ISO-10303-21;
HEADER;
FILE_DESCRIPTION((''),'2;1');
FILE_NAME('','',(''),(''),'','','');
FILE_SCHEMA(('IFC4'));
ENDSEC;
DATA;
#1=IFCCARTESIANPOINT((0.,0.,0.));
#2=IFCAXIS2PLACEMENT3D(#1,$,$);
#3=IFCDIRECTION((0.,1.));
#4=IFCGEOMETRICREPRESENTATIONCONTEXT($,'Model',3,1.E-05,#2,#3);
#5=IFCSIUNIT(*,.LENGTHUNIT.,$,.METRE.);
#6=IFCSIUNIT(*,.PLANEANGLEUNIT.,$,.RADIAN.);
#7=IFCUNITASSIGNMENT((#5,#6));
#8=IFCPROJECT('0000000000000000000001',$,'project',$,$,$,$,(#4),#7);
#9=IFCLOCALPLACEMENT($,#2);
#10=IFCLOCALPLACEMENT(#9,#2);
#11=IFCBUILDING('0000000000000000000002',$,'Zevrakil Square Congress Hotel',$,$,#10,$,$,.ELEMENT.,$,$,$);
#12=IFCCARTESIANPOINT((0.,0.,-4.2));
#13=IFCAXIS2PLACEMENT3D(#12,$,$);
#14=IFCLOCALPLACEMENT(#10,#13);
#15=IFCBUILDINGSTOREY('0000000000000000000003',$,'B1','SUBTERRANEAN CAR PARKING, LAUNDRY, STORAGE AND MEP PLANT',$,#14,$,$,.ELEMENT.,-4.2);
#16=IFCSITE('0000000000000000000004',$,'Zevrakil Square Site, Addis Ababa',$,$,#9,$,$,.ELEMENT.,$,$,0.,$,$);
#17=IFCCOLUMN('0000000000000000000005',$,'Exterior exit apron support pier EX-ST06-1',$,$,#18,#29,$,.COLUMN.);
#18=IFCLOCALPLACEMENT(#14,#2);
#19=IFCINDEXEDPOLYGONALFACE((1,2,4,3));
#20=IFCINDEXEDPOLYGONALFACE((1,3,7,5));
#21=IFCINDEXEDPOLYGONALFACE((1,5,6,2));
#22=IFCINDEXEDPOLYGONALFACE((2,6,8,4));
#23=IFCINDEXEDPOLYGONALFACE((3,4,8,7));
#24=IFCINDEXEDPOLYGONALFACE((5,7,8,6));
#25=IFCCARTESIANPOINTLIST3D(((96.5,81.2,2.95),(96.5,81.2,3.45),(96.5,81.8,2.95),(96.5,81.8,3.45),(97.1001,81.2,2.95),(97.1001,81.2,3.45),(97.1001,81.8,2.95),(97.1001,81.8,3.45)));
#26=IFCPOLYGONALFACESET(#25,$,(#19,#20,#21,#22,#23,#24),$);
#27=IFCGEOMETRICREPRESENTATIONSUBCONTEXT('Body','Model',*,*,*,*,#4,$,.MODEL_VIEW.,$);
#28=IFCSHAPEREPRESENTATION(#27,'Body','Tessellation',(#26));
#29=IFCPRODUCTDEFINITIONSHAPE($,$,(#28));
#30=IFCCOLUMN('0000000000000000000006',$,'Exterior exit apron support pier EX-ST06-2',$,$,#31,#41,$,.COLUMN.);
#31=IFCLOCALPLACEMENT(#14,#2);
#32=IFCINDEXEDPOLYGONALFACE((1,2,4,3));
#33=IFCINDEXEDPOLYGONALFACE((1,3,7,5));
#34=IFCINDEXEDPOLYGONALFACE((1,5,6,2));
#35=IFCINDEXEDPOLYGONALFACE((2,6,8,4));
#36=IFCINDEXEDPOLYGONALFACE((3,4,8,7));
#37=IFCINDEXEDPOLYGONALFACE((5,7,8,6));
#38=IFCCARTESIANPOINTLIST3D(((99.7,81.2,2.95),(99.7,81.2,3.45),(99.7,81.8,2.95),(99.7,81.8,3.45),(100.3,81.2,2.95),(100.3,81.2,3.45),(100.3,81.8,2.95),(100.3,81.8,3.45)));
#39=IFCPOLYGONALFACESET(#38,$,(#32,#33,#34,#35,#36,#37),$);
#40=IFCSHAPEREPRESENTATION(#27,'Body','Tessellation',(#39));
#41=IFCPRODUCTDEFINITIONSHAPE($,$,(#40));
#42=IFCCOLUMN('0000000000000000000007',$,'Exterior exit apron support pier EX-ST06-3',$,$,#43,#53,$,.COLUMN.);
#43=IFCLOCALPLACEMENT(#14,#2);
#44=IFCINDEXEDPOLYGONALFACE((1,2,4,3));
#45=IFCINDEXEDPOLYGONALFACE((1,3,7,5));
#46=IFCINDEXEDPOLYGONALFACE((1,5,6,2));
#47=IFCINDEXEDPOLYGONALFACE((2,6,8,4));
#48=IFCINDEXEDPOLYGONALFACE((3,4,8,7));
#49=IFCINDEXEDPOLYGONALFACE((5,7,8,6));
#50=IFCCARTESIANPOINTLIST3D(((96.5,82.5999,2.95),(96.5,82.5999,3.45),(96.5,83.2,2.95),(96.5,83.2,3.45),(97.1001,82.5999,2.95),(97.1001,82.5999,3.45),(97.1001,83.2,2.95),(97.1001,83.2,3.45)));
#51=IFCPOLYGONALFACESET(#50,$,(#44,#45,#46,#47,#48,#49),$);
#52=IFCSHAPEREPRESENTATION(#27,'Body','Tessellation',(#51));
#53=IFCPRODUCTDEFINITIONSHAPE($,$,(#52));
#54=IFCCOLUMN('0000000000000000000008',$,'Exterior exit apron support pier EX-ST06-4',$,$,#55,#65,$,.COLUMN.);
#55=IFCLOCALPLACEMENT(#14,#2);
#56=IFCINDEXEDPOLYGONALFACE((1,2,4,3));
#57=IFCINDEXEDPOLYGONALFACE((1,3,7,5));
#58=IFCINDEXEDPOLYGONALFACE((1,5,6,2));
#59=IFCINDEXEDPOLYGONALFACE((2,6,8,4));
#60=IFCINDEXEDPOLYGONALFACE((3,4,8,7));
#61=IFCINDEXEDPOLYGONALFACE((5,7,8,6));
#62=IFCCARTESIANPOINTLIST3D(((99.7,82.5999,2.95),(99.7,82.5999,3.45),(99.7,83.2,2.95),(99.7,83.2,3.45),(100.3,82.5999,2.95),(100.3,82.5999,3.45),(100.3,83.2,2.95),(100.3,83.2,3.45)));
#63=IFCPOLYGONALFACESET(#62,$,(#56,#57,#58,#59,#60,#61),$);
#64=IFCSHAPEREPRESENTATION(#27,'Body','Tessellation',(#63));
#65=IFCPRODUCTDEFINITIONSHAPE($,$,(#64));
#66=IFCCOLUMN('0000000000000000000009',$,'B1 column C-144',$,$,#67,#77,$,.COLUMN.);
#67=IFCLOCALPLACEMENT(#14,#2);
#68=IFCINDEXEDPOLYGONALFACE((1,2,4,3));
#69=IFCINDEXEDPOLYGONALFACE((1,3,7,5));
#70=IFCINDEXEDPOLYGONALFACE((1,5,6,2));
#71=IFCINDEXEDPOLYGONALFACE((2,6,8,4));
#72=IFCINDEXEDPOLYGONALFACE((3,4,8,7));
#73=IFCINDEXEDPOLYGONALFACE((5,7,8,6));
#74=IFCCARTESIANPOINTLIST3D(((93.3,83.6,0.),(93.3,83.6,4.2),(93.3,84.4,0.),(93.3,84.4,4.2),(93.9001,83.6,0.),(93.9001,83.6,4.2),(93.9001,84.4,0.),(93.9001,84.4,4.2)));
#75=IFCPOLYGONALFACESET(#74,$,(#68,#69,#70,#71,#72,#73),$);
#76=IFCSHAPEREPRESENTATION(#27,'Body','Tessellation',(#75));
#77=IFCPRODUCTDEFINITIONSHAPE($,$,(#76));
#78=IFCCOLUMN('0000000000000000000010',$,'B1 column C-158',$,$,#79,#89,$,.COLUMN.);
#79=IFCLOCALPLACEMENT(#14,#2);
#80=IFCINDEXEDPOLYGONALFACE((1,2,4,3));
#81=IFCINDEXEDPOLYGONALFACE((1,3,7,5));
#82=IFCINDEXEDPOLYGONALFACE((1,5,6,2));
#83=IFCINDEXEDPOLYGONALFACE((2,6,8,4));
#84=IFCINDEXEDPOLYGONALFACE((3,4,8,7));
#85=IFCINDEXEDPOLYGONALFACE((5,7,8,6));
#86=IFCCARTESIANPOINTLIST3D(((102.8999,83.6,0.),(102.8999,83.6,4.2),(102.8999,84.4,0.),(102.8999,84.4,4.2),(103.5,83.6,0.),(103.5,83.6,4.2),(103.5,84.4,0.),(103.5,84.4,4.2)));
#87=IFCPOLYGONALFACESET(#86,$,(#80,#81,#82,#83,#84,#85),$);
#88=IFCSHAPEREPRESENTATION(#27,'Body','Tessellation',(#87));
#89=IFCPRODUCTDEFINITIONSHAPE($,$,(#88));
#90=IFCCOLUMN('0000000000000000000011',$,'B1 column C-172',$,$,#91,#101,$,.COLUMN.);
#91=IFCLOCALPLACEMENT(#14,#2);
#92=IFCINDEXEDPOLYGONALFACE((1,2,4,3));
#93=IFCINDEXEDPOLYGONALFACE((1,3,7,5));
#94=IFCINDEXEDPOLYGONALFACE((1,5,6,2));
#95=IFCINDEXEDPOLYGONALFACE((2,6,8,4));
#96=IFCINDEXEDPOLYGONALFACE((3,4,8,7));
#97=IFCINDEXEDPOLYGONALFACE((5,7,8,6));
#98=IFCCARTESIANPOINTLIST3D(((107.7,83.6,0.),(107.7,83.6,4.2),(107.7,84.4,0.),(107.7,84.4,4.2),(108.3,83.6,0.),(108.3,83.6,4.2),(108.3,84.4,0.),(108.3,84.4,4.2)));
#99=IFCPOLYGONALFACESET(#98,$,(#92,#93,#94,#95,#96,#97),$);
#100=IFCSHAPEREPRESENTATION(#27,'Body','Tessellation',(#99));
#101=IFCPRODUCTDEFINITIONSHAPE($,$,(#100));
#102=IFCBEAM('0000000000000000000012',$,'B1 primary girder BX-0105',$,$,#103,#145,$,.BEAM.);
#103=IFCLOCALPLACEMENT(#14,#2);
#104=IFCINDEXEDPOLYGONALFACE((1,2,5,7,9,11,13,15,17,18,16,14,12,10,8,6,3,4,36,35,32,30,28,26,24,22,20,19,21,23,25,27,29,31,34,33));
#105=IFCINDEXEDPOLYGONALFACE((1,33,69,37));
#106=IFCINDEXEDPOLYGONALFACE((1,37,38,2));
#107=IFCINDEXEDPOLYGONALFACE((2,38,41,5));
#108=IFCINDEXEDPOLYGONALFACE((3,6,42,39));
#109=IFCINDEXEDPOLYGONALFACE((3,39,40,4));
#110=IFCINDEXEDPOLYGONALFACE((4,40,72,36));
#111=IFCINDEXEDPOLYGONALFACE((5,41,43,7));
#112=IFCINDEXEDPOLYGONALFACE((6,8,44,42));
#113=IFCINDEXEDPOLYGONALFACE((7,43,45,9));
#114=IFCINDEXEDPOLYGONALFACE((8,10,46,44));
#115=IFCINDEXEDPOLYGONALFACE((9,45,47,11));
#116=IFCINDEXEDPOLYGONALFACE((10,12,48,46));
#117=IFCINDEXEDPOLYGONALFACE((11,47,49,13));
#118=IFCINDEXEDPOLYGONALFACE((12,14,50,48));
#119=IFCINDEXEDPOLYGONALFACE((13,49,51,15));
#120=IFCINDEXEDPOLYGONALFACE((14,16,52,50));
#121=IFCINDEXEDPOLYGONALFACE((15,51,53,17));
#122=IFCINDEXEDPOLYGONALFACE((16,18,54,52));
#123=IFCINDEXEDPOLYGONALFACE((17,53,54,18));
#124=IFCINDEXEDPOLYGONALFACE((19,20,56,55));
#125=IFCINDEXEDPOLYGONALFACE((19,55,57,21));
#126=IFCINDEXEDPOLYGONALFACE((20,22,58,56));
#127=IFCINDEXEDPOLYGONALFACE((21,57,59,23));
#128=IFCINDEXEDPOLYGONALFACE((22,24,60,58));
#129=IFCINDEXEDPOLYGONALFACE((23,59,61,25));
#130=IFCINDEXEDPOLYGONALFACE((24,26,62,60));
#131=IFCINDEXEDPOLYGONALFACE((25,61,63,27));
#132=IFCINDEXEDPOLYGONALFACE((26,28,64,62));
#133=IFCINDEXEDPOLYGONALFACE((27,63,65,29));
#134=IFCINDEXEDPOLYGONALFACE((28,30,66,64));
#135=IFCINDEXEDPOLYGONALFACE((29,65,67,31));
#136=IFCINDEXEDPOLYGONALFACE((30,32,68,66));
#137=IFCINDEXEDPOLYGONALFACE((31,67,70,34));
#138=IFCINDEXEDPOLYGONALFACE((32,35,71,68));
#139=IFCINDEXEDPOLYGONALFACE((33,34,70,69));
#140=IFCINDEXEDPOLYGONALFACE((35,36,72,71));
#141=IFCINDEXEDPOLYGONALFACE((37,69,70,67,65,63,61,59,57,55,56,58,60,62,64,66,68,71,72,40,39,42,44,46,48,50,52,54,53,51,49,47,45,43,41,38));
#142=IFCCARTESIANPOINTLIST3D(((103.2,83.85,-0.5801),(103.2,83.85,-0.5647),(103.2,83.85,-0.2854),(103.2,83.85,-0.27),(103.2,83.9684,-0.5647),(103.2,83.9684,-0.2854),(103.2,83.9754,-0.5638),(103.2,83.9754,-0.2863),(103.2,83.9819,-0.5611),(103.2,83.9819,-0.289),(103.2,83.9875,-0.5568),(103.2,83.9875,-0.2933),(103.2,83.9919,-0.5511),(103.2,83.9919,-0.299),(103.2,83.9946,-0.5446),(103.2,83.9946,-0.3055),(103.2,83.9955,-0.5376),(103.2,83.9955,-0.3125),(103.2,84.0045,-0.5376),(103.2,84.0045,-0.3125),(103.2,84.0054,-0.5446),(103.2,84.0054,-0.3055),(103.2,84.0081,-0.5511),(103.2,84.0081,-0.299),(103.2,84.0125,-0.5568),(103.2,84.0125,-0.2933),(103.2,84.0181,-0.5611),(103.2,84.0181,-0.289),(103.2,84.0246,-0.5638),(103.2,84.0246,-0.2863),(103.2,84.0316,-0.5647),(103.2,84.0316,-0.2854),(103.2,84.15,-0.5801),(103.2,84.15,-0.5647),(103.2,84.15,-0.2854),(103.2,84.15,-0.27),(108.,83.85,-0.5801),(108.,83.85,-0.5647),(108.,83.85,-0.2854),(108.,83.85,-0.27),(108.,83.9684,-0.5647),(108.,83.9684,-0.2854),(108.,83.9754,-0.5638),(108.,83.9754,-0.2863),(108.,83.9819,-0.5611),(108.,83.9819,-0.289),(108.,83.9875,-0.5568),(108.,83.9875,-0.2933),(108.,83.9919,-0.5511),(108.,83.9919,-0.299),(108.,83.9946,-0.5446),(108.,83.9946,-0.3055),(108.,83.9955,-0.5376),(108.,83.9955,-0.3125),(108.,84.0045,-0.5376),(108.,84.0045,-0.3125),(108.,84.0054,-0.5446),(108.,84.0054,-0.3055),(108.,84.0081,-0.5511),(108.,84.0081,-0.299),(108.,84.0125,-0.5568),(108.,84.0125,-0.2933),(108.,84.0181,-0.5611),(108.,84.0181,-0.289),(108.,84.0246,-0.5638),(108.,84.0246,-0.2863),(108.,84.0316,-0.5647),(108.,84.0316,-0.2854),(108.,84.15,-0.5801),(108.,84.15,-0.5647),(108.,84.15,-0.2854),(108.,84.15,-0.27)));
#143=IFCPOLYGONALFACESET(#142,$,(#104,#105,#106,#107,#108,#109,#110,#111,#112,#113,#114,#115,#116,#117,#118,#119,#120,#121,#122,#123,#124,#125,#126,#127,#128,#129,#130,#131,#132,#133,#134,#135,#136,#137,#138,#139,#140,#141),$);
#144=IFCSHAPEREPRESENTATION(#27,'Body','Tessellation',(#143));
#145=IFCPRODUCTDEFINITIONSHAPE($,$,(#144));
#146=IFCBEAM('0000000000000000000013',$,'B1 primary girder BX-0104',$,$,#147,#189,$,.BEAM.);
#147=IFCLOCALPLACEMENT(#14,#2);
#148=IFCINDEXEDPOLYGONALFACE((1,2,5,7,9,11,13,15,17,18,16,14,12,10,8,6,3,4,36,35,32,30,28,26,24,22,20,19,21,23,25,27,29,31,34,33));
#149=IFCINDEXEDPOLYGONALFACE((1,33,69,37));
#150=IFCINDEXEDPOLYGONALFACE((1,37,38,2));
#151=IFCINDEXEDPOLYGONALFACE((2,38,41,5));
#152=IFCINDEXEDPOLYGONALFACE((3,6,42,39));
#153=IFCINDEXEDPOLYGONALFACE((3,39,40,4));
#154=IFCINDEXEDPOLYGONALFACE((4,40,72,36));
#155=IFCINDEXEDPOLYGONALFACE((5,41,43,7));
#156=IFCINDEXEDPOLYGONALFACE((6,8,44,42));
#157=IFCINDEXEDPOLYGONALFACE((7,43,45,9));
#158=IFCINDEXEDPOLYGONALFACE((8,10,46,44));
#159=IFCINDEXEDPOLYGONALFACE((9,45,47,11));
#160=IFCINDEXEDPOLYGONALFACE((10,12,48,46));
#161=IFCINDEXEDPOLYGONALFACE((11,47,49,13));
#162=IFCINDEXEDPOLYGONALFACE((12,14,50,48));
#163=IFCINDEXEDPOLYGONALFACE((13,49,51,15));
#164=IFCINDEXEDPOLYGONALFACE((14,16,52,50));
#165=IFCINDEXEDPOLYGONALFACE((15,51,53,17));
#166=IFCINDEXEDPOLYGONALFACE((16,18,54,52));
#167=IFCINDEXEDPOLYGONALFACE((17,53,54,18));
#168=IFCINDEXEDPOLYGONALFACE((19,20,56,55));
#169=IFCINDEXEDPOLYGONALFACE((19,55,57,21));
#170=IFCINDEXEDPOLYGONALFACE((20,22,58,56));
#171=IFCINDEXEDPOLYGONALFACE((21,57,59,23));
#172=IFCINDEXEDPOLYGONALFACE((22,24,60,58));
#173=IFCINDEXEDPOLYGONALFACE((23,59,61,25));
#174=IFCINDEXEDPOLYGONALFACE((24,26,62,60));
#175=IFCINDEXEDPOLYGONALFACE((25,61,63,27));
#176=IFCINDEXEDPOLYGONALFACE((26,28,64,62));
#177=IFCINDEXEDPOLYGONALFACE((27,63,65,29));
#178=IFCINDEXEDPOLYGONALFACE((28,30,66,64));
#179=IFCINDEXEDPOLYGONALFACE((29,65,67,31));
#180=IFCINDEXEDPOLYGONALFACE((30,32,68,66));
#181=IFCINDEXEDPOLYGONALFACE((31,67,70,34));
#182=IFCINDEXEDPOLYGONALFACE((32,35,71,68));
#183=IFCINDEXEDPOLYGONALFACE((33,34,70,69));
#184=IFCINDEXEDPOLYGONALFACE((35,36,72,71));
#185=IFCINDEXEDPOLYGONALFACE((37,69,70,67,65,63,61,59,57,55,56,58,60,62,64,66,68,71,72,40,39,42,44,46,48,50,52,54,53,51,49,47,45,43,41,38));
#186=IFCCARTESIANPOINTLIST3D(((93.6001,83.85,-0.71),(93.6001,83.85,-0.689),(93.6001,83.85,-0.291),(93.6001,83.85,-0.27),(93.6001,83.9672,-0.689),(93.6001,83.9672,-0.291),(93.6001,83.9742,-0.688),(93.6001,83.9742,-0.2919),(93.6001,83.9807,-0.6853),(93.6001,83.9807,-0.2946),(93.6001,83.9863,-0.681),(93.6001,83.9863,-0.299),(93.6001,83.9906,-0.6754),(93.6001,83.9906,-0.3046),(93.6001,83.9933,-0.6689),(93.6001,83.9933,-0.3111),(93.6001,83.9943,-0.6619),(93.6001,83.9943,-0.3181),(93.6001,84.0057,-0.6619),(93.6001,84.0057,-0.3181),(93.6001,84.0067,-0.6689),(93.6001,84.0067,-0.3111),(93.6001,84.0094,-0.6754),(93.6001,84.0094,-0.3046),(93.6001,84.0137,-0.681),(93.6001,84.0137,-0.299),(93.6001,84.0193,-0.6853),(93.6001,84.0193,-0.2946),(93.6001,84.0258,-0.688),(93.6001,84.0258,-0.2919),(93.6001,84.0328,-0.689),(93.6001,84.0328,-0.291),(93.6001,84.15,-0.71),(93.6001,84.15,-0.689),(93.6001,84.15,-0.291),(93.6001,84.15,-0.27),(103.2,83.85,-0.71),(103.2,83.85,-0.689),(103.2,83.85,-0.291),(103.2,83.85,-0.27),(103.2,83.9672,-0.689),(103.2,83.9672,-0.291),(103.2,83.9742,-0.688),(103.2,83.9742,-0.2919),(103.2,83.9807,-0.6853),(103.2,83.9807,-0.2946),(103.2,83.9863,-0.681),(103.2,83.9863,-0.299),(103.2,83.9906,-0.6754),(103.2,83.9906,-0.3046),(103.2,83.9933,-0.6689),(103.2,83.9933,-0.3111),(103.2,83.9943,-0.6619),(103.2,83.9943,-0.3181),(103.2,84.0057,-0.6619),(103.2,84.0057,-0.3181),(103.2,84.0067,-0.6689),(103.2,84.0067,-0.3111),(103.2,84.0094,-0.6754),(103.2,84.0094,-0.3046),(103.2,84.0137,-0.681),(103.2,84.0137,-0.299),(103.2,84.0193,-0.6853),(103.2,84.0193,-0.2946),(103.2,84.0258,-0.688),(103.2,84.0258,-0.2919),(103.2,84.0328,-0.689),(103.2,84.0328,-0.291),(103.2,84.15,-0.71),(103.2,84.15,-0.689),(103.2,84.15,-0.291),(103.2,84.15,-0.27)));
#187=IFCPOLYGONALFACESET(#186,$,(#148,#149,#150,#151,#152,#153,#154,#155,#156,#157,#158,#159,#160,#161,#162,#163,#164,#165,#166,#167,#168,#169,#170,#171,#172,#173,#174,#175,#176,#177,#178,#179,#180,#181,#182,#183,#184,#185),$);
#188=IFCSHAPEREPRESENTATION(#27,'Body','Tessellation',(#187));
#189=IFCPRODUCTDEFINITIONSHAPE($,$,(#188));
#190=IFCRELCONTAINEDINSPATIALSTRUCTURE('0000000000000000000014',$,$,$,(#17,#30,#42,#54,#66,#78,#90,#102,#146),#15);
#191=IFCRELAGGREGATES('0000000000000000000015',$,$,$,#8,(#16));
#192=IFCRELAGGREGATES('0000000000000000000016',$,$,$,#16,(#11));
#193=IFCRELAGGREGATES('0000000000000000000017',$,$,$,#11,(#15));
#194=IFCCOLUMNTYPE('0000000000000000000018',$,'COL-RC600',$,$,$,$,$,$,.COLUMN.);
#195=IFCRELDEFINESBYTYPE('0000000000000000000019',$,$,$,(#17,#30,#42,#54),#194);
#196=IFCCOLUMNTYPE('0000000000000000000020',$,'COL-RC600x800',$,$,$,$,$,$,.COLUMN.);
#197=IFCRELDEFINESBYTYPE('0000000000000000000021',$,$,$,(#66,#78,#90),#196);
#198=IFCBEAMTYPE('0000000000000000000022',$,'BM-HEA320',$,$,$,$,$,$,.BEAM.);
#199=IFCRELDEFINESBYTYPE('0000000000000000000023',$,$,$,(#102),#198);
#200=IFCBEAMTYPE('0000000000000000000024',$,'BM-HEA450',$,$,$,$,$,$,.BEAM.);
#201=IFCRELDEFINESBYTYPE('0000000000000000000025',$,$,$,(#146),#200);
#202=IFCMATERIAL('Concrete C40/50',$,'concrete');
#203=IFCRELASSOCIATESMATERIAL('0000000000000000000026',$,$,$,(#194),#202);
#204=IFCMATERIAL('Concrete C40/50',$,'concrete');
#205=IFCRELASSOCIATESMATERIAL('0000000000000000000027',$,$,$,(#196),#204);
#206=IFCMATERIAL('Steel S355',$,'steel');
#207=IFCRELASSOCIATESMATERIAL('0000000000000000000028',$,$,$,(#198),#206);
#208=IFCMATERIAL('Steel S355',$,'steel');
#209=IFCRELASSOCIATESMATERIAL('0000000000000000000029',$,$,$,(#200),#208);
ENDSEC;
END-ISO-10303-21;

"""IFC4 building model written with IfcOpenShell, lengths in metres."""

from ifc_helpers import new_model, si_unit, direction, frame, origin, origin_2d, place, context, subcontext, project, spatial, rectangle, i_section, extrude, material, material_profile, profile_set, type_object, element, save


model = new_model("IFC4")

# Units and contexts
model_context = context("Model", 3, precision=1e-05, world=origin(), true_north=direction((0.0, 1.0)))
body_context = subcontext(model_context, "Body", "Model", "MODEL_VIEW")
ifc_project = project(units=[si_unit("LENGTHUNIT", "METRE"), si_unit("PLANEANGLEUNIT", "RADIAN")], contexts=[model_context])

# Site, building, storey
site_placement = place(None, origin())
site = spatial("IfcSite", under=ifc_project, at=site_placement, Name="Zevrakil Square Site, Addis Ababa", CompositionType="ELEMENT", RefElevation=0.0)
building_placement = place(site_placement, origin())
building = spatial("IfcBuilding", under=site, at=building_placement, Name="Zevrakil Square Congress Hotel", CompositionType="ELEMENT")
storey_placement = place(building_placement, frame((0.0, 0.0, -4.2)))
storey = spatial("IfcBuildingStorey", under=building, at=storey_placement, Name="B1", Description="SUBTERRANEAN CAR PARKING, LAUNDRY, STORAGE AND MEP PLANT", CompositionType="ELEMENT", Elevation=-4.2)

# Columns
ifc_material_1 = material(Name="Concrete C40/50", Category="concrete")
ifc_material_profile_1 = material_profile(ifc_material_1, rectangle(XDim=0.6001, YDim=0.6001, at=origin_2d()), Name="RC 600x600")
ifc_profile_set_1 = profile_set([ifc_material_profile_1], Name="Concrete C40/50")
column_type_1 = type_object("IfcColumnType", Name="COL-RC600", PredefinedType="COLUMN", material=ifc_profile_set_1)
for number, where, z_axis, x_axis, name in (
    (1, (96.8, 81.5, 2.95), (0.0, 0.0, 1.0), (1.0, 0.0, 0.0), "Exterior exit apron support pier EX-ST06-1"),
    (2, (100.0, 81.5, 2.95), (0.0, 0.0, 1.0), (1.0, 0.0, 0.0), "Exterior exit apron support pier EX-ST06-2"),
    (3, (96.8, 82.8999, 2.95), (0.0, 0.0, 1.0), (1.0, 0.0, 0.0), "Exterior exit apron support pier EX-ST06-3"),
    (4, (100.0, 82.8999, 2.95), (0.0, 0.0, 1.0), (1.0, 0.0, 0.0), "Exterior exit apron support pier EX-ST06-4"),
):
    element("IfcColumn", number, at=place(storey_placement, frame(where, z_axis=z_axis, x_axis=x_axis)), inside=storey, type_object=column_type_1, Name=name, PredefinedType="COLUMN", context=body_context, shape_type="SweptSolid", body=[
        extrude(rectangle(XDim=0.6001, YDim=0.6001, at=origin_2d()), origin(), (0.0, 0.0, 1.0), 0.5),
    ])
ifc_material_2 = material(Name="Concrete C40/50", Category="concrete")
ifc_material_profile_2 = material_profile(ifc_material_2, rectangle(XDim=0.6001, YDim=0.8, at=origin_2d()), Name="RC 600x800")
ifc_profile_set_2 = profile_set([ifc_material_profile_2], Name="Concrete C40/50")
column_type_2 = type_object("IfcColumnType", Name="COL-RC600x800", PredefinedType="COLUMN", material=ifc_profile_set_2)
for number, where, z_axis, x_axis, name in (
    (5, (93.6001, 84.0, 0.0), (0.0, 0.0, 1.0), (1.0, 0.0, 0.0), "B1 column C-144"),
    (6, (103.2, 84.0, 0.0), (0.0, 0.0, 1.0), (1.0, 0.0, 0.0), "B1 column C-158"),
    (7, (108.0, 84.0, 0.0), (0.0, 0.0, 1.0), (1.0, 0.0, 0.0), "B1 column C-172"),
):
    element("IfcColumn", number, at=place(storey_placement, frame(where, z_axis=z_axis, x_axis=x_axis)), inside=storey, type_object=column_type_2, Name=name, PredefinedType="COLUMN", context=body_context, shape_type="SweptSolid", body=[
        extrude(rectangle(XDim=0.6001, YDim=0.8, at=origin_2d()), origin(), (0.0, 0.0, 1.0), 4.2),
    ])

# Beams
ifc_material_3 = material(Name="Steel S355", Category="steel")
ifc_material_profile_3 = material_profile(ifc_material_3, i_section(OverallWidth=0.3, OverallDepth=0.3101, WebThickness=0.009, FlangeThickness=0.0154, FilletRadius=0.0271, at=origin_2d()), Name="HEA 320")
ifc_profile_set_3 = profile_set([ifc_material_profile_3], Name="Steel S355")
beam_type_1 = type_object("IfcBeamType", Name="BM-HEA320", PredefinedType="BEAM", material=ifc_profile_set_3)
beam_1_placement = place(storey_placement, frame((103.2, 84.0, -0.425), z_axis=(1.0, 0.0, 0.0), x_axis=(0.0, 1.0, 0.0)))
element("IfcBeam", 8, at=beam_1_placement, inside=storey, type_object=beam_type_1, Name="B1 primary girder BX-0105", PredefinedType="BEAM", context=body_context, shape_type="SweptSolid", body=[
    extrude(i_section(OverallWidth=0.3, OverallDepth=0.3101, WebThickness=0.009, FlangeThickness=0.0154, FilletRadius=0.0271, at=origin_2d()), origin(), (0.0, 0.0, 1.0), 4.8),
])
ifc_material_4 = material(Name="Steel S355", Category="steel")
ifc_material_profile_4 = material_profile(ifc_material_4, i_section(OverallWidth=0.3, OverallDepth=0.4399, WebThickness=0.0115, FlangeThickness=0.021, FilletRadius=0.0271, at=origin_2d()), Name="HEA 450")
ifc_profile_set_4 = profile_set([ifc_material_profile_4], Name="Steel S355")
beam_type_2 = type_object("IfcBeamType", Name="BM-HEA450", PredefinedType="BEAM", material=ifc_profile_set_4)
beam_2_placement = place(storey_placement, frame((93.6001, 84.0, -0.49), z_axis=(1.0, 0.0, 0.0), x_axis=(0.0, 1.0, 0.0)))
element("IfcBeam", 9, at=beam_2_placement, inside=storey, type_object=beam_type_2, Name="B1 primary girder BX-0104", PredefinedType="BEAM", context=body_context, shape_type="SweptSolid", body=[
    extrude(i_section(OverallWidth=0.3, OverallDepth=0.4399, WebThickness=0.0115, FlangeThickness=0.021, FilletRadius=0.0271, at=origin_2d()), origin(), (0.0, 0.0, 1.0), 9.5999),
])

save(model, "model.ifc")
